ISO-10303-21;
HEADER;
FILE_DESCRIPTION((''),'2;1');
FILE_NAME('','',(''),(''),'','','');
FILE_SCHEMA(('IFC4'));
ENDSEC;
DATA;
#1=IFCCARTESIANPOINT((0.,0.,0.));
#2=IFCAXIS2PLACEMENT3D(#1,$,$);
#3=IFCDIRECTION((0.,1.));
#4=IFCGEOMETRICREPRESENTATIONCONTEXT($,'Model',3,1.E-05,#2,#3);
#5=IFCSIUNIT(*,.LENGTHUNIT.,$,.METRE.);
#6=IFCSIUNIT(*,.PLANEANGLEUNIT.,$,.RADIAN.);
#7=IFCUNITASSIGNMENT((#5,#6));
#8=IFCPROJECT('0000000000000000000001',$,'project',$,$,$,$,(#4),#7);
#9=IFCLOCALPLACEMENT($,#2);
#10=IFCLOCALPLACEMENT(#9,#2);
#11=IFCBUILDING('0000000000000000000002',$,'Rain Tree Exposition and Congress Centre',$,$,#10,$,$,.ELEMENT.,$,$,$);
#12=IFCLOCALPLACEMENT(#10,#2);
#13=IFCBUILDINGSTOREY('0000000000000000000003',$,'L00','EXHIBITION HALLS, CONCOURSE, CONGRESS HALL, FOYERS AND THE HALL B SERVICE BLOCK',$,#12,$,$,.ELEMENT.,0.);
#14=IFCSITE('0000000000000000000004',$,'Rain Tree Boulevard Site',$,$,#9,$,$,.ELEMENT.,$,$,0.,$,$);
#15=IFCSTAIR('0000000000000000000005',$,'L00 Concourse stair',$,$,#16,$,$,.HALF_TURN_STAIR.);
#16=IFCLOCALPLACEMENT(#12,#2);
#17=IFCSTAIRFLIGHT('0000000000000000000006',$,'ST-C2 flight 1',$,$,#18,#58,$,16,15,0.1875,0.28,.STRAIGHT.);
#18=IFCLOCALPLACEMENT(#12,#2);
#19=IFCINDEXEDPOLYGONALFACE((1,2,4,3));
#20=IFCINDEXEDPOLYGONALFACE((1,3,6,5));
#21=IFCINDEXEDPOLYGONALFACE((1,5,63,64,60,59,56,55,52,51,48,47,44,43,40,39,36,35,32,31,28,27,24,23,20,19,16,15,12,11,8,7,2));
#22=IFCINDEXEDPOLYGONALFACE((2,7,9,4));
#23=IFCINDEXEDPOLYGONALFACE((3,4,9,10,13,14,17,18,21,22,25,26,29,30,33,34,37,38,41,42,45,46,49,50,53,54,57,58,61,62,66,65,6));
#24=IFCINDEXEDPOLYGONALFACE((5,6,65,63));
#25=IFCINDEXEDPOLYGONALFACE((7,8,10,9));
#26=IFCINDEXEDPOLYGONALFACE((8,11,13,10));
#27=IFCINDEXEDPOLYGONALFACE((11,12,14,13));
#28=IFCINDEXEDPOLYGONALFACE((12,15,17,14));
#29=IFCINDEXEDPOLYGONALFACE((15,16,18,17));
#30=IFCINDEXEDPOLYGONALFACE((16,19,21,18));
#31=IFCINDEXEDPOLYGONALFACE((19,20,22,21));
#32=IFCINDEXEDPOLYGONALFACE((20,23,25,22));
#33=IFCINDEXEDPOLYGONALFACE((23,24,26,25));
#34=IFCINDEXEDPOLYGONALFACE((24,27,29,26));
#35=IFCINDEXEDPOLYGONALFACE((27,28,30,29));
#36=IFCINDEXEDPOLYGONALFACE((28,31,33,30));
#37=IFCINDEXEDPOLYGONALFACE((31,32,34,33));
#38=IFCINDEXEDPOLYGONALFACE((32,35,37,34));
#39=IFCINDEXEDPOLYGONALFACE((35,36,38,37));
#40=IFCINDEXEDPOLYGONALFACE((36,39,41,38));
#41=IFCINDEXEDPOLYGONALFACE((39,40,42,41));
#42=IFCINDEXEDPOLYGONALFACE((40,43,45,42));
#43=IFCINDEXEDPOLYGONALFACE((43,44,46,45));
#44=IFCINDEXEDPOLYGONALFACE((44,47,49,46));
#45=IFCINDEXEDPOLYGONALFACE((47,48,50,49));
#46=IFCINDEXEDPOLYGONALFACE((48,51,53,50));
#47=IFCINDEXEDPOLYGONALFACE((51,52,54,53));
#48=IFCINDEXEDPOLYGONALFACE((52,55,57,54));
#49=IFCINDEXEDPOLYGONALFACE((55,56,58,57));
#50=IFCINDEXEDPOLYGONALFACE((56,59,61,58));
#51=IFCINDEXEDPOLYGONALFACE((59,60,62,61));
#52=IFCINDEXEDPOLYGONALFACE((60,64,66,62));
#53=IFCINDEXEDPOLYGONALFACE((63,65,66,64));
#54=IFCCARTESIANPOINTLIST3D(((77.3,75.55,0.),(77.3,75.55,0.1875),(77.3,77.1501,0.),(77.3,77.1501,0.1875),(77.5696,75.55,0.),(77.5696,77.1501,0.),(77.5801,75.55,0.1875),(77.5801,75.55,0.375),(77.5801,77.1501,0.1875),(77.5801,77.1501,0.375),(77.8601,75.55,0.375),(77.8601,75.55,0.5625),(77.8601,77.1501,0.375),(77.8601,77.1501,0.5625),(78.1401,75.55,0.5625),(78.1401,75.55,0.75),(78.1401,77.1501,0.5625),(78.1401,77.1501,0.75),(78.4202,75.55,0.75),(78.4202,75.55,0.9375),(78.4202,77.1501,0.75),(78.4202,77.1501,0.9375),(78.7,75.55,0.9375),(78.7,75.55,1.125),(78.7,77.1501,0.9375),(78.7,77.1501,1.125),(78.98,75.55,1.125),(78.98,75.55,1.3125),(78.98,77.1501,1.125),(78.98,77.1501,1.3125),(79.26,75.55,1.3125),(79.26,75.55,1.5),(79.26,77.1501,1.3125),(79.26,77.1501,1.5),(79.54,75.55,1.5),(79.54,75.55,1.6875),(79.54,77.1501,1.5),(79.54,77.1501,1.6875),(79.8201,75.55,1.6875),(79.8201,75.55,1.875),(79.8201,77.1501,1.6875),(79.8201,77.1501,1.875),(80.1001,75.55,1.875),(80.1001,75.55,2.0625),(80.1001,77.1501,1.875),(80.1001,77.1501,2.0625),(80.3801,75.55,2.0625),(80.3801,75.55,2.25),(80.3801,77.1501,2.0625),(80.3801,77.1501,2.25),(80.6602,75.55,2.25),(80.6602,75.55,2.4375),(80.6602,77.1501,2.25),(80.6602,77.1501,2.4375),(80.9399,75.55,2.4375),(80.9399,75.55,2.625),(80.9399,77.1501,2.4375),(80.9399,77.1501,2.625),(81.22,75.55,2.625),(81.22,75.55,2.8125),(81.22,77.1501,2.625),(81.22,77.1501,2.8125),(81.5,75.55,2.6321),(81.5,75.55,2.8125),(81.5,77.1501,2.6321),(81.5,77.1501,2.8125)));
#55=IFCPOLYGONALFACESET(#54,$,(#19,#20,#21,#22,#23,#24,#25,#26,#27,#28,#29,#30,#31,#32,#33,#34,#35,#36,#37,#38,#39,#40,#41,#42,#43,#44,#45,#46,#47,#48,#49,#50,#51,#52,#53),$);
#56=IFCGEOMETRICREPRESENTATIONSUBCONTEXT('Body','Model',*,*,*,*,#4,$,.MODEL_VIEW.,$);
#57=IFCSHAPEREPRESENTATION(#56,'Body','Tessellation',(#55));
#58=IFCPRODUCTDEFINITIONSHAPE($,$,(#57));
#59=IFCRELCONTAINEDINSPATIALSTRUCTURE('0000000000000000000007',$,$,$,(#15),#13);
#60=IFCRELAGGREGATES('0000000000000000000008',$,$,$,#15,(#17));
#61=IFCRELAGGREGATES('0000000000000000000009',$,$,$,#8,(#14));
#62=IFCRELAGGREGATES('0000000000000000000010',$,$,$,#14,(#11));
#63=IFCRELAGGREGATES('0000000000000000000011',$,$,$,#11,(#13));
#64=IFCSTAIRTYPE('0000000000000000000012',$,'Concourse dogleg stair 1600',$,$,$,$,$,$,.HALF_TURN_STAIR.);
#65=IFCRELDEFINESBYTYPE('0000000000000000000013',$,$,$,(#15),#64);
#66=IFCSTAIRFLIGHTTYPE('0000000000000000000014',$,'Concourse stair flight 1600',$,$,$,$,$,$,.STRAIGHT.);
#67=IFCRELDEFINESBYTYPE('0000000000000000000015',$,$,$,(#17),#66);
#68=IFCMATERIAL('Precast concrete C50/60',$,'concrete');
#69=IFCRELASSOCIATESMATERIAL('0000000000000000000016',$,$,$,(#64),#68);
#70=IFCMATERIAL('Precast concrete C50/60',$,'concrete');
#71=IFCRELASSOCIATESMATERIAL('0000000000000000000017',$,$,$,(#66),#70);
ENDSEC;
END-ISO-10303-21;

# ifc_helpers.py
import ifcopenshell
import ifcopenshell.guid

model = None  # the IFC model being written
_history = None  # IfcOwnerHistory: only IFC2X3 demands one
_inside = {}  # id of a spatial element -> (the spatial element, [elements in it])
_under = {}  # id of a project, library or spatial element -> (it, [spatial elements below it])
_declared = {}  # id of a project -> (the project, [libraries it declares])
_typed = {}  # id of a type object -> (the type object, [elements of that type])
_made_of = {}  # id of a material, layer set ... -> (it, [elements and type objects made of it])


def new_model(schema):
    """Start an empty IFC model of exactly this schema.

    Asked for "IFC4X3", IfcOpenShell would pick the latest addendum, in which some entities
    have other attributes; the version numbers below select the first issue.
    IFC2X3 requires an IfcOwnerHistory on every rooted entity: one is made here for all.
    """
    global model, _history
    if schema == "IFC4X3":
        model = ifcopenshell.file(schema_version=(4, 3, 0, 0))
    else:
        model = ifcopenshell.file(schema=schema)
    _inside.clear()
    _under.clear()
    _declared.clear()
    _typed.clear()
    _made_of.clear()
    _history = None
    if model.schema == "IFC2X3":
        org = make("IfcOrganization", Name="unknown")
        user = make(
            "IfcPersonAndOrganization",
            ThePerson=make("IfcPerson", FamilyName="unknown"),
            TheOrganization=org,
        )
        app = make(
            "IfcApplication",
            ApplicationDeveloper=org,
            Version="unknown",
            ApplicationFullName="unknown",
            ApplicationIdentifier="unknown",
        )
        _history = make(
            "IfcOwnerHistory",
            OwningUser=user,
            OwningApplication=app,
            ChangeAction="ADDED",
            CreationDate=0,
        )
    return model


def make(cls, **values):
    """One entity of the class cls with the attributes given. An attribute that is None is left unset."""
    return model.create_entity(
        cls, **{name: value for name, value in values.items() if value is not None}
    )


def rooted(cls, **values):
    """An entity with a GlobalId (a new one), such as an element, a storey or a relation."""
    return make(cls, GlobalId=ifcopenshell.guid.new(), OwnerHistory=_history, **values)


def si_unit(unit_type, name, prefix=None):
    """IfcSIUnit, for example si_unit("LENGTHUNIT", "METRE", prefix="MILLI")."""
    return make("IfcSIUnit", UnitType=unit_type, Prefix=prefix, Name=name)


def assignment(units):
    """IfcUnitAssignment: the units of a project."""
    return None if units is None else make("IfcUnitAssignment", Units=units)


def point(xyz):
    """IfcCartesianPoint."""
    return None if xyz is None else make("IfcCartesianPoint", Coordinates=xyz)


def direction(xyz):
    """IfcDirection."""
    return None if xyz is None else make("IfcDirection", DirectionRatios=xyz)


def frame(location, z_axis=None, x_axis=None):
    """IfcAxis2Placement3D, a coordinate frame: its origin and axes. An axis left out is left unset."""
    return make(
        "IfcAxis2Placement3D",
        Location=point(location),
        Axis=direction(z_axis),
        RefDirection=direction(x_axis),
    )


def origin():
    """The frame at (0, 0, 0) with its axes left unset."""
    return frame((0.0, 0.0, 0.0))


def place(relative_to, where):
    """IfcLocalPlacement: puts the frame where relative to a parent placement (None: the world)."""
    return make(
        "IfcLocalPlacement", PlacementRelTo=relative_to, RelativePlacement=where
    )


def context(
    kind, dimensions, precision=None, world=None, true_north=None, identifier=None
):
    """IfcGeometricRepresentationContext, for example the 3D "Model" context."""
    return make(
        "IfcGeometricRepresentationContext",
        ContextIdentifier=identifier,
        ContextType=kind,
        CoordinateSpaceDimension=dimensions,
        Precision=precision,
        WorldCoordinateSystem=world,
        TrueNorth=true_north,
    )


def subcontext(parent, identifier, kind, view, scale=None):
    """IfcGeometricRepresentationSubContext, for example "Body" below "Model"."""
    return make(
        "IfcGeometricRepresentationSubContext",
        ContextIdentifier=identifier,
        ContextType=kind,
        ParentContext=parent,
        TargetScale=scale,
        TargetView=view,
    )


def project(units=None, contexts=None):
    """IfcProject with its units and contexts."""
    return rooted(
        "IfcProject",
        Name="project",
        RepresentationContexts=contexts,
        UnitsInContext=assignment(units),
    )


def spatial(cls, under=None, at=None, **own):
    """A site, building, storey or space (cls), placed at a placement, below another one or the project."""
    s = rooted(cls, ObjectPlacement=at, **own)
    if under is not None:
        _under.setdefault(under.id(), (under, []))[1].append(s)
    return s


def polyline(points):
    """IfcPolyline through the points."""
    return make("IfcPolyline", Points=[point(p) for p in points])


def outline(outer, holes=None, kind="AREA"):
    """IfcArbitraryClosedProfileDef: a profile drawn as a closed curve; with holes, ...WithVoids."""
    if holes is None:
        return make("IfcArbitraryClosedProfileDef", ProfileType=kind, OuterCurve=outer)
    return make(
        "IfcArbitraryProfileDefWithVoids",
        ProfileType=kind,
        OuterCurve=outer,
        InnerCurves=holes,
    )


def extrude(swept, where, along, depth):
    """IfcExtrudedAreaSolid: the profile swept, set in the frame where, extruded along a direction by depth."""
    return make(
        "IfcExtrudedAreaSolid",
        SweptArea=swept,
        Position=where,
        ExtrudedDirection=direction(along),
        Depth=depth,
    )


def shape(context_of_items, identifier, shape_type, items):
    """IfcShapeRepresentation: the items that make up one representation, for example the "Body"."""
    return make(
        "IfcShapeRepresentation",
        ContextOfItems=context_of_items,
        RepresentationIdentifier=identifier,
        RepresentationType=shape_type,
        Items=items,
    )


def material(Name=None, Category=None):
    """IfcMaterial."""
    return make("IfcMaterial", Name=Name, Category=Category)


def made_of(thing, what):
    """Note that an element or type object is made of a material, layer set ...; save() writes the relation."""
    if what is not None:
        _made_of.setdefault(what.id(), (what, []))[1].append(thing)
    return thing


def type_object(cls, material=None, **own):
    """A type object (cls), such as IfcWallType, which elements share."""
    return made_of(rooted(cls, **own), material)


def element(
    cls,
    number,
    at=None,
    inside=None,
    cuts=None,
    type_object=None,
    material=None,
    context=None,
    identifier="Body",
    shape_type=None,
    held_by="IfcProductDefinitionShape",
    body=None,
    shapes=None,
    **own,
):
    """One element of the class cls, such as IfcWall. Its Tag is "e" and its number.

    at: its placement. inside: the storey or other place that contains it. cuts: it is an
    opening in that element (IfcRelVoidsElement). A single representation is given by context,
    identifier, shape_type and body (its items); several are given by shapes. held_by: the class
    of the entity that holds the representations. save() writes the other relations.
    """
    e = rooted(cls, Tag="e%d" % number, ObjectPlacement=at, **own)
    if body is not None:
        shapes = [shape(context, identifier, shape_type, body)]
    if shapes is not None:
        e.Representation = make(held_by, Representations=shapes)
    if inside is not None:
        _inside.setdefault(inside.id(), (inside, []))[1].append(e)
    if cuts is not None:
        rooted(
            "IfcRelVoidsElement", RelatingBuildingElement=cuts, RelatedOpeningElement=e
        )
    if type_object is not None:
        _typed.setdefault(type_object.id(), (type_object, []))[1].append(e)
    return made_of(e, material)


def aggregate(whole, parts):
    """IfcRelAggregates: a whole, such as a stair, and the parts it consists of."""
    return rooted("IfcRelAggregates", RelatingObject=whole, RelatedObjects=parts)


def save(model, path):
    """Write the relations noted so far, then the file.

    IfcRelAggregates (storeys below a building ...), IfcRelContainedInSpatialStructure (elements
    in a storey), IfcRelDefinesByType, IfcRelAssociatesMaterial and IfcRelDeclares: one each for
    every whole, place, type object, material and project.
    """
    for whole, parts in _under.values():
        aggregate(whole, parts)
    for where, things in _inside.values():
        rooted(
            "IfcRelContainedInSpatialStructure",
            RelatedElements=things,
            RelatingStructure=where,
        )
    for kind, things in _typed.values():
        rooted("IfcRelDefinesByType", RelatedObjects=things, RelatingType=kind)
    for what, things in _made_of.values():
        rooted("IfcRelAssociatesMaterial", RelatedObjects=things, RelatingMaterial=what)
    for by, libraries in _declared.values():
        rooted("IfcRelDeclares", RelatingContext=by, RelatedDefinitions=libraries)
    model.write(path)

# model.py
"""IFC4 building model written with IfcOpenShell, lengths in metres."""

from ifc_helpers import new_model, si_unit, direction, frame, origin, place, context, subcontext, project, spatial, polyline, outline, extrude, material, type_object, element, aggregate, save


model = new_model("IFC4")

# Units and contexts
model_context = context("Model", 3, precision=1e-05, world=origin(), true_north=direction((0.0, 1.0)))
body_context = subcontext(model_context, "Body", "Model", "MODEL_VIEW")
ifc_project = project(units=[si_unit("LENGTHUNIT", "METRE"), si_unit("PLANEANGLEUNIT", "RADIAN")], contexts=[model_context])

# Site, building, storey
site_placement = place(None, origin())
site = spatial("IfcSite", under=ifc_project, at=site_placement, Name="Rain Tree Boulevard Site", CompositionType="ELEMENT", RefElevation=0.0)
building_placement = place(site_placement, origin())
building = spatial("IfcBuilding", under=site, at=building_placement, Name="Rain Tree Exposition and Congress Centre", CompositionType="ELEMENT")
storey_placement = place(building_placement, origin())
storey = spatial("IfcBuildingStorey", under=building, at=storey_placement, Name="L00", Description="EXHIBITION HALLS, CONCOURSE, CONGRESS HALL, FOYERS AND THE HALL B SERVICE BLOCK", CompositionType="ELEMENT", Elevation=0.0)

# Stair, stair flight
ifc_material_1 = material(Name="Precast concrete C50/60", Category="concrete")
stair_type = type_object("IfcStairType", Name="Concourse dogleg stair 1600", PredefinedType="HALF_TURN_STAIR", material=ifc_material_1)
stair_placement = place(storey_placement, origin())
stair = element("IfcStair", 1, at=stair_placement, inside=storey, type_object=stair_type, Name="L00 Concourse stair", PredefinedType="HALF_TURN_STAIR")
ifc_material_2 = material(Name="Precast concrete C50/60", Category="concrete")
stair_flight_type = type_object("IfcStairFlightType", Name="Concourse stair flight 1600", PredefinedType="STRAIGHT", material=ifc_material_2)
stair_flight_placement = place(storey_placement, frame((77.3, 76.3501, 0.0), z_axis=(0.0, 0.0, 1.0), x_axis=(1.0, 0.0, 0.0)))
stair_flight = element("IfcStairFlight", 2, at=stair_flight_placement, type_object=stair_flight_type, Name="ST-C2 flight 1", NumberOfRisers=16, NumberOfTreads=15, PredefinedType="STRAIGHT", RiserHeight=0.1875, TreadLength=0.28, context=body_context, shape_type="SweptSolid", body=[
    extrude(outline(polyline([(0.0, 0.0), (0.0, 0.1875), (0.28, 0.1875), (0.28, 0.375), (0.5601, 0.375), (0.5601, 0.5625), (0.8401, 0.5625), (0.8401, 0.75), (1.1201, 0.75), (1.1201, 0.9375), (1.3999, 0.9375), (1.3999, 1.125), (1.6799, 1.125), (1.6799, 1.3125), (1.96, 1.3125), (1.96, 1.5), (2.24, 1.5), (2.24, 1.6875), (2.52, 1.6875), (2.52, 1.875), (2.8, 1.875), (2.8, 2.0625), (3.0801, 2.0625), (3.0801, 2.25), (3.3601, 2.25), (3.3601, 2.4375), (3.6399, 2.4375), (3.6399, 2.625), (3.9199, 2.625), (3.9199, 2.8125), (4.2, 2.8125), (4.2, 3.0), (4.2, 2.6321), (0.2695, 0.0), (0.0, 0.0)])), frame((0.0, 0.8, 0.0), z_axis=(0.0, -1.0, 0.0), x_axis=(1.0, 0.0, 0.0)), (0.0, 0.0, 1.0), 1.6001),
])
aggregate(stair, [stair_flight])

save(model, "model.ifc")
